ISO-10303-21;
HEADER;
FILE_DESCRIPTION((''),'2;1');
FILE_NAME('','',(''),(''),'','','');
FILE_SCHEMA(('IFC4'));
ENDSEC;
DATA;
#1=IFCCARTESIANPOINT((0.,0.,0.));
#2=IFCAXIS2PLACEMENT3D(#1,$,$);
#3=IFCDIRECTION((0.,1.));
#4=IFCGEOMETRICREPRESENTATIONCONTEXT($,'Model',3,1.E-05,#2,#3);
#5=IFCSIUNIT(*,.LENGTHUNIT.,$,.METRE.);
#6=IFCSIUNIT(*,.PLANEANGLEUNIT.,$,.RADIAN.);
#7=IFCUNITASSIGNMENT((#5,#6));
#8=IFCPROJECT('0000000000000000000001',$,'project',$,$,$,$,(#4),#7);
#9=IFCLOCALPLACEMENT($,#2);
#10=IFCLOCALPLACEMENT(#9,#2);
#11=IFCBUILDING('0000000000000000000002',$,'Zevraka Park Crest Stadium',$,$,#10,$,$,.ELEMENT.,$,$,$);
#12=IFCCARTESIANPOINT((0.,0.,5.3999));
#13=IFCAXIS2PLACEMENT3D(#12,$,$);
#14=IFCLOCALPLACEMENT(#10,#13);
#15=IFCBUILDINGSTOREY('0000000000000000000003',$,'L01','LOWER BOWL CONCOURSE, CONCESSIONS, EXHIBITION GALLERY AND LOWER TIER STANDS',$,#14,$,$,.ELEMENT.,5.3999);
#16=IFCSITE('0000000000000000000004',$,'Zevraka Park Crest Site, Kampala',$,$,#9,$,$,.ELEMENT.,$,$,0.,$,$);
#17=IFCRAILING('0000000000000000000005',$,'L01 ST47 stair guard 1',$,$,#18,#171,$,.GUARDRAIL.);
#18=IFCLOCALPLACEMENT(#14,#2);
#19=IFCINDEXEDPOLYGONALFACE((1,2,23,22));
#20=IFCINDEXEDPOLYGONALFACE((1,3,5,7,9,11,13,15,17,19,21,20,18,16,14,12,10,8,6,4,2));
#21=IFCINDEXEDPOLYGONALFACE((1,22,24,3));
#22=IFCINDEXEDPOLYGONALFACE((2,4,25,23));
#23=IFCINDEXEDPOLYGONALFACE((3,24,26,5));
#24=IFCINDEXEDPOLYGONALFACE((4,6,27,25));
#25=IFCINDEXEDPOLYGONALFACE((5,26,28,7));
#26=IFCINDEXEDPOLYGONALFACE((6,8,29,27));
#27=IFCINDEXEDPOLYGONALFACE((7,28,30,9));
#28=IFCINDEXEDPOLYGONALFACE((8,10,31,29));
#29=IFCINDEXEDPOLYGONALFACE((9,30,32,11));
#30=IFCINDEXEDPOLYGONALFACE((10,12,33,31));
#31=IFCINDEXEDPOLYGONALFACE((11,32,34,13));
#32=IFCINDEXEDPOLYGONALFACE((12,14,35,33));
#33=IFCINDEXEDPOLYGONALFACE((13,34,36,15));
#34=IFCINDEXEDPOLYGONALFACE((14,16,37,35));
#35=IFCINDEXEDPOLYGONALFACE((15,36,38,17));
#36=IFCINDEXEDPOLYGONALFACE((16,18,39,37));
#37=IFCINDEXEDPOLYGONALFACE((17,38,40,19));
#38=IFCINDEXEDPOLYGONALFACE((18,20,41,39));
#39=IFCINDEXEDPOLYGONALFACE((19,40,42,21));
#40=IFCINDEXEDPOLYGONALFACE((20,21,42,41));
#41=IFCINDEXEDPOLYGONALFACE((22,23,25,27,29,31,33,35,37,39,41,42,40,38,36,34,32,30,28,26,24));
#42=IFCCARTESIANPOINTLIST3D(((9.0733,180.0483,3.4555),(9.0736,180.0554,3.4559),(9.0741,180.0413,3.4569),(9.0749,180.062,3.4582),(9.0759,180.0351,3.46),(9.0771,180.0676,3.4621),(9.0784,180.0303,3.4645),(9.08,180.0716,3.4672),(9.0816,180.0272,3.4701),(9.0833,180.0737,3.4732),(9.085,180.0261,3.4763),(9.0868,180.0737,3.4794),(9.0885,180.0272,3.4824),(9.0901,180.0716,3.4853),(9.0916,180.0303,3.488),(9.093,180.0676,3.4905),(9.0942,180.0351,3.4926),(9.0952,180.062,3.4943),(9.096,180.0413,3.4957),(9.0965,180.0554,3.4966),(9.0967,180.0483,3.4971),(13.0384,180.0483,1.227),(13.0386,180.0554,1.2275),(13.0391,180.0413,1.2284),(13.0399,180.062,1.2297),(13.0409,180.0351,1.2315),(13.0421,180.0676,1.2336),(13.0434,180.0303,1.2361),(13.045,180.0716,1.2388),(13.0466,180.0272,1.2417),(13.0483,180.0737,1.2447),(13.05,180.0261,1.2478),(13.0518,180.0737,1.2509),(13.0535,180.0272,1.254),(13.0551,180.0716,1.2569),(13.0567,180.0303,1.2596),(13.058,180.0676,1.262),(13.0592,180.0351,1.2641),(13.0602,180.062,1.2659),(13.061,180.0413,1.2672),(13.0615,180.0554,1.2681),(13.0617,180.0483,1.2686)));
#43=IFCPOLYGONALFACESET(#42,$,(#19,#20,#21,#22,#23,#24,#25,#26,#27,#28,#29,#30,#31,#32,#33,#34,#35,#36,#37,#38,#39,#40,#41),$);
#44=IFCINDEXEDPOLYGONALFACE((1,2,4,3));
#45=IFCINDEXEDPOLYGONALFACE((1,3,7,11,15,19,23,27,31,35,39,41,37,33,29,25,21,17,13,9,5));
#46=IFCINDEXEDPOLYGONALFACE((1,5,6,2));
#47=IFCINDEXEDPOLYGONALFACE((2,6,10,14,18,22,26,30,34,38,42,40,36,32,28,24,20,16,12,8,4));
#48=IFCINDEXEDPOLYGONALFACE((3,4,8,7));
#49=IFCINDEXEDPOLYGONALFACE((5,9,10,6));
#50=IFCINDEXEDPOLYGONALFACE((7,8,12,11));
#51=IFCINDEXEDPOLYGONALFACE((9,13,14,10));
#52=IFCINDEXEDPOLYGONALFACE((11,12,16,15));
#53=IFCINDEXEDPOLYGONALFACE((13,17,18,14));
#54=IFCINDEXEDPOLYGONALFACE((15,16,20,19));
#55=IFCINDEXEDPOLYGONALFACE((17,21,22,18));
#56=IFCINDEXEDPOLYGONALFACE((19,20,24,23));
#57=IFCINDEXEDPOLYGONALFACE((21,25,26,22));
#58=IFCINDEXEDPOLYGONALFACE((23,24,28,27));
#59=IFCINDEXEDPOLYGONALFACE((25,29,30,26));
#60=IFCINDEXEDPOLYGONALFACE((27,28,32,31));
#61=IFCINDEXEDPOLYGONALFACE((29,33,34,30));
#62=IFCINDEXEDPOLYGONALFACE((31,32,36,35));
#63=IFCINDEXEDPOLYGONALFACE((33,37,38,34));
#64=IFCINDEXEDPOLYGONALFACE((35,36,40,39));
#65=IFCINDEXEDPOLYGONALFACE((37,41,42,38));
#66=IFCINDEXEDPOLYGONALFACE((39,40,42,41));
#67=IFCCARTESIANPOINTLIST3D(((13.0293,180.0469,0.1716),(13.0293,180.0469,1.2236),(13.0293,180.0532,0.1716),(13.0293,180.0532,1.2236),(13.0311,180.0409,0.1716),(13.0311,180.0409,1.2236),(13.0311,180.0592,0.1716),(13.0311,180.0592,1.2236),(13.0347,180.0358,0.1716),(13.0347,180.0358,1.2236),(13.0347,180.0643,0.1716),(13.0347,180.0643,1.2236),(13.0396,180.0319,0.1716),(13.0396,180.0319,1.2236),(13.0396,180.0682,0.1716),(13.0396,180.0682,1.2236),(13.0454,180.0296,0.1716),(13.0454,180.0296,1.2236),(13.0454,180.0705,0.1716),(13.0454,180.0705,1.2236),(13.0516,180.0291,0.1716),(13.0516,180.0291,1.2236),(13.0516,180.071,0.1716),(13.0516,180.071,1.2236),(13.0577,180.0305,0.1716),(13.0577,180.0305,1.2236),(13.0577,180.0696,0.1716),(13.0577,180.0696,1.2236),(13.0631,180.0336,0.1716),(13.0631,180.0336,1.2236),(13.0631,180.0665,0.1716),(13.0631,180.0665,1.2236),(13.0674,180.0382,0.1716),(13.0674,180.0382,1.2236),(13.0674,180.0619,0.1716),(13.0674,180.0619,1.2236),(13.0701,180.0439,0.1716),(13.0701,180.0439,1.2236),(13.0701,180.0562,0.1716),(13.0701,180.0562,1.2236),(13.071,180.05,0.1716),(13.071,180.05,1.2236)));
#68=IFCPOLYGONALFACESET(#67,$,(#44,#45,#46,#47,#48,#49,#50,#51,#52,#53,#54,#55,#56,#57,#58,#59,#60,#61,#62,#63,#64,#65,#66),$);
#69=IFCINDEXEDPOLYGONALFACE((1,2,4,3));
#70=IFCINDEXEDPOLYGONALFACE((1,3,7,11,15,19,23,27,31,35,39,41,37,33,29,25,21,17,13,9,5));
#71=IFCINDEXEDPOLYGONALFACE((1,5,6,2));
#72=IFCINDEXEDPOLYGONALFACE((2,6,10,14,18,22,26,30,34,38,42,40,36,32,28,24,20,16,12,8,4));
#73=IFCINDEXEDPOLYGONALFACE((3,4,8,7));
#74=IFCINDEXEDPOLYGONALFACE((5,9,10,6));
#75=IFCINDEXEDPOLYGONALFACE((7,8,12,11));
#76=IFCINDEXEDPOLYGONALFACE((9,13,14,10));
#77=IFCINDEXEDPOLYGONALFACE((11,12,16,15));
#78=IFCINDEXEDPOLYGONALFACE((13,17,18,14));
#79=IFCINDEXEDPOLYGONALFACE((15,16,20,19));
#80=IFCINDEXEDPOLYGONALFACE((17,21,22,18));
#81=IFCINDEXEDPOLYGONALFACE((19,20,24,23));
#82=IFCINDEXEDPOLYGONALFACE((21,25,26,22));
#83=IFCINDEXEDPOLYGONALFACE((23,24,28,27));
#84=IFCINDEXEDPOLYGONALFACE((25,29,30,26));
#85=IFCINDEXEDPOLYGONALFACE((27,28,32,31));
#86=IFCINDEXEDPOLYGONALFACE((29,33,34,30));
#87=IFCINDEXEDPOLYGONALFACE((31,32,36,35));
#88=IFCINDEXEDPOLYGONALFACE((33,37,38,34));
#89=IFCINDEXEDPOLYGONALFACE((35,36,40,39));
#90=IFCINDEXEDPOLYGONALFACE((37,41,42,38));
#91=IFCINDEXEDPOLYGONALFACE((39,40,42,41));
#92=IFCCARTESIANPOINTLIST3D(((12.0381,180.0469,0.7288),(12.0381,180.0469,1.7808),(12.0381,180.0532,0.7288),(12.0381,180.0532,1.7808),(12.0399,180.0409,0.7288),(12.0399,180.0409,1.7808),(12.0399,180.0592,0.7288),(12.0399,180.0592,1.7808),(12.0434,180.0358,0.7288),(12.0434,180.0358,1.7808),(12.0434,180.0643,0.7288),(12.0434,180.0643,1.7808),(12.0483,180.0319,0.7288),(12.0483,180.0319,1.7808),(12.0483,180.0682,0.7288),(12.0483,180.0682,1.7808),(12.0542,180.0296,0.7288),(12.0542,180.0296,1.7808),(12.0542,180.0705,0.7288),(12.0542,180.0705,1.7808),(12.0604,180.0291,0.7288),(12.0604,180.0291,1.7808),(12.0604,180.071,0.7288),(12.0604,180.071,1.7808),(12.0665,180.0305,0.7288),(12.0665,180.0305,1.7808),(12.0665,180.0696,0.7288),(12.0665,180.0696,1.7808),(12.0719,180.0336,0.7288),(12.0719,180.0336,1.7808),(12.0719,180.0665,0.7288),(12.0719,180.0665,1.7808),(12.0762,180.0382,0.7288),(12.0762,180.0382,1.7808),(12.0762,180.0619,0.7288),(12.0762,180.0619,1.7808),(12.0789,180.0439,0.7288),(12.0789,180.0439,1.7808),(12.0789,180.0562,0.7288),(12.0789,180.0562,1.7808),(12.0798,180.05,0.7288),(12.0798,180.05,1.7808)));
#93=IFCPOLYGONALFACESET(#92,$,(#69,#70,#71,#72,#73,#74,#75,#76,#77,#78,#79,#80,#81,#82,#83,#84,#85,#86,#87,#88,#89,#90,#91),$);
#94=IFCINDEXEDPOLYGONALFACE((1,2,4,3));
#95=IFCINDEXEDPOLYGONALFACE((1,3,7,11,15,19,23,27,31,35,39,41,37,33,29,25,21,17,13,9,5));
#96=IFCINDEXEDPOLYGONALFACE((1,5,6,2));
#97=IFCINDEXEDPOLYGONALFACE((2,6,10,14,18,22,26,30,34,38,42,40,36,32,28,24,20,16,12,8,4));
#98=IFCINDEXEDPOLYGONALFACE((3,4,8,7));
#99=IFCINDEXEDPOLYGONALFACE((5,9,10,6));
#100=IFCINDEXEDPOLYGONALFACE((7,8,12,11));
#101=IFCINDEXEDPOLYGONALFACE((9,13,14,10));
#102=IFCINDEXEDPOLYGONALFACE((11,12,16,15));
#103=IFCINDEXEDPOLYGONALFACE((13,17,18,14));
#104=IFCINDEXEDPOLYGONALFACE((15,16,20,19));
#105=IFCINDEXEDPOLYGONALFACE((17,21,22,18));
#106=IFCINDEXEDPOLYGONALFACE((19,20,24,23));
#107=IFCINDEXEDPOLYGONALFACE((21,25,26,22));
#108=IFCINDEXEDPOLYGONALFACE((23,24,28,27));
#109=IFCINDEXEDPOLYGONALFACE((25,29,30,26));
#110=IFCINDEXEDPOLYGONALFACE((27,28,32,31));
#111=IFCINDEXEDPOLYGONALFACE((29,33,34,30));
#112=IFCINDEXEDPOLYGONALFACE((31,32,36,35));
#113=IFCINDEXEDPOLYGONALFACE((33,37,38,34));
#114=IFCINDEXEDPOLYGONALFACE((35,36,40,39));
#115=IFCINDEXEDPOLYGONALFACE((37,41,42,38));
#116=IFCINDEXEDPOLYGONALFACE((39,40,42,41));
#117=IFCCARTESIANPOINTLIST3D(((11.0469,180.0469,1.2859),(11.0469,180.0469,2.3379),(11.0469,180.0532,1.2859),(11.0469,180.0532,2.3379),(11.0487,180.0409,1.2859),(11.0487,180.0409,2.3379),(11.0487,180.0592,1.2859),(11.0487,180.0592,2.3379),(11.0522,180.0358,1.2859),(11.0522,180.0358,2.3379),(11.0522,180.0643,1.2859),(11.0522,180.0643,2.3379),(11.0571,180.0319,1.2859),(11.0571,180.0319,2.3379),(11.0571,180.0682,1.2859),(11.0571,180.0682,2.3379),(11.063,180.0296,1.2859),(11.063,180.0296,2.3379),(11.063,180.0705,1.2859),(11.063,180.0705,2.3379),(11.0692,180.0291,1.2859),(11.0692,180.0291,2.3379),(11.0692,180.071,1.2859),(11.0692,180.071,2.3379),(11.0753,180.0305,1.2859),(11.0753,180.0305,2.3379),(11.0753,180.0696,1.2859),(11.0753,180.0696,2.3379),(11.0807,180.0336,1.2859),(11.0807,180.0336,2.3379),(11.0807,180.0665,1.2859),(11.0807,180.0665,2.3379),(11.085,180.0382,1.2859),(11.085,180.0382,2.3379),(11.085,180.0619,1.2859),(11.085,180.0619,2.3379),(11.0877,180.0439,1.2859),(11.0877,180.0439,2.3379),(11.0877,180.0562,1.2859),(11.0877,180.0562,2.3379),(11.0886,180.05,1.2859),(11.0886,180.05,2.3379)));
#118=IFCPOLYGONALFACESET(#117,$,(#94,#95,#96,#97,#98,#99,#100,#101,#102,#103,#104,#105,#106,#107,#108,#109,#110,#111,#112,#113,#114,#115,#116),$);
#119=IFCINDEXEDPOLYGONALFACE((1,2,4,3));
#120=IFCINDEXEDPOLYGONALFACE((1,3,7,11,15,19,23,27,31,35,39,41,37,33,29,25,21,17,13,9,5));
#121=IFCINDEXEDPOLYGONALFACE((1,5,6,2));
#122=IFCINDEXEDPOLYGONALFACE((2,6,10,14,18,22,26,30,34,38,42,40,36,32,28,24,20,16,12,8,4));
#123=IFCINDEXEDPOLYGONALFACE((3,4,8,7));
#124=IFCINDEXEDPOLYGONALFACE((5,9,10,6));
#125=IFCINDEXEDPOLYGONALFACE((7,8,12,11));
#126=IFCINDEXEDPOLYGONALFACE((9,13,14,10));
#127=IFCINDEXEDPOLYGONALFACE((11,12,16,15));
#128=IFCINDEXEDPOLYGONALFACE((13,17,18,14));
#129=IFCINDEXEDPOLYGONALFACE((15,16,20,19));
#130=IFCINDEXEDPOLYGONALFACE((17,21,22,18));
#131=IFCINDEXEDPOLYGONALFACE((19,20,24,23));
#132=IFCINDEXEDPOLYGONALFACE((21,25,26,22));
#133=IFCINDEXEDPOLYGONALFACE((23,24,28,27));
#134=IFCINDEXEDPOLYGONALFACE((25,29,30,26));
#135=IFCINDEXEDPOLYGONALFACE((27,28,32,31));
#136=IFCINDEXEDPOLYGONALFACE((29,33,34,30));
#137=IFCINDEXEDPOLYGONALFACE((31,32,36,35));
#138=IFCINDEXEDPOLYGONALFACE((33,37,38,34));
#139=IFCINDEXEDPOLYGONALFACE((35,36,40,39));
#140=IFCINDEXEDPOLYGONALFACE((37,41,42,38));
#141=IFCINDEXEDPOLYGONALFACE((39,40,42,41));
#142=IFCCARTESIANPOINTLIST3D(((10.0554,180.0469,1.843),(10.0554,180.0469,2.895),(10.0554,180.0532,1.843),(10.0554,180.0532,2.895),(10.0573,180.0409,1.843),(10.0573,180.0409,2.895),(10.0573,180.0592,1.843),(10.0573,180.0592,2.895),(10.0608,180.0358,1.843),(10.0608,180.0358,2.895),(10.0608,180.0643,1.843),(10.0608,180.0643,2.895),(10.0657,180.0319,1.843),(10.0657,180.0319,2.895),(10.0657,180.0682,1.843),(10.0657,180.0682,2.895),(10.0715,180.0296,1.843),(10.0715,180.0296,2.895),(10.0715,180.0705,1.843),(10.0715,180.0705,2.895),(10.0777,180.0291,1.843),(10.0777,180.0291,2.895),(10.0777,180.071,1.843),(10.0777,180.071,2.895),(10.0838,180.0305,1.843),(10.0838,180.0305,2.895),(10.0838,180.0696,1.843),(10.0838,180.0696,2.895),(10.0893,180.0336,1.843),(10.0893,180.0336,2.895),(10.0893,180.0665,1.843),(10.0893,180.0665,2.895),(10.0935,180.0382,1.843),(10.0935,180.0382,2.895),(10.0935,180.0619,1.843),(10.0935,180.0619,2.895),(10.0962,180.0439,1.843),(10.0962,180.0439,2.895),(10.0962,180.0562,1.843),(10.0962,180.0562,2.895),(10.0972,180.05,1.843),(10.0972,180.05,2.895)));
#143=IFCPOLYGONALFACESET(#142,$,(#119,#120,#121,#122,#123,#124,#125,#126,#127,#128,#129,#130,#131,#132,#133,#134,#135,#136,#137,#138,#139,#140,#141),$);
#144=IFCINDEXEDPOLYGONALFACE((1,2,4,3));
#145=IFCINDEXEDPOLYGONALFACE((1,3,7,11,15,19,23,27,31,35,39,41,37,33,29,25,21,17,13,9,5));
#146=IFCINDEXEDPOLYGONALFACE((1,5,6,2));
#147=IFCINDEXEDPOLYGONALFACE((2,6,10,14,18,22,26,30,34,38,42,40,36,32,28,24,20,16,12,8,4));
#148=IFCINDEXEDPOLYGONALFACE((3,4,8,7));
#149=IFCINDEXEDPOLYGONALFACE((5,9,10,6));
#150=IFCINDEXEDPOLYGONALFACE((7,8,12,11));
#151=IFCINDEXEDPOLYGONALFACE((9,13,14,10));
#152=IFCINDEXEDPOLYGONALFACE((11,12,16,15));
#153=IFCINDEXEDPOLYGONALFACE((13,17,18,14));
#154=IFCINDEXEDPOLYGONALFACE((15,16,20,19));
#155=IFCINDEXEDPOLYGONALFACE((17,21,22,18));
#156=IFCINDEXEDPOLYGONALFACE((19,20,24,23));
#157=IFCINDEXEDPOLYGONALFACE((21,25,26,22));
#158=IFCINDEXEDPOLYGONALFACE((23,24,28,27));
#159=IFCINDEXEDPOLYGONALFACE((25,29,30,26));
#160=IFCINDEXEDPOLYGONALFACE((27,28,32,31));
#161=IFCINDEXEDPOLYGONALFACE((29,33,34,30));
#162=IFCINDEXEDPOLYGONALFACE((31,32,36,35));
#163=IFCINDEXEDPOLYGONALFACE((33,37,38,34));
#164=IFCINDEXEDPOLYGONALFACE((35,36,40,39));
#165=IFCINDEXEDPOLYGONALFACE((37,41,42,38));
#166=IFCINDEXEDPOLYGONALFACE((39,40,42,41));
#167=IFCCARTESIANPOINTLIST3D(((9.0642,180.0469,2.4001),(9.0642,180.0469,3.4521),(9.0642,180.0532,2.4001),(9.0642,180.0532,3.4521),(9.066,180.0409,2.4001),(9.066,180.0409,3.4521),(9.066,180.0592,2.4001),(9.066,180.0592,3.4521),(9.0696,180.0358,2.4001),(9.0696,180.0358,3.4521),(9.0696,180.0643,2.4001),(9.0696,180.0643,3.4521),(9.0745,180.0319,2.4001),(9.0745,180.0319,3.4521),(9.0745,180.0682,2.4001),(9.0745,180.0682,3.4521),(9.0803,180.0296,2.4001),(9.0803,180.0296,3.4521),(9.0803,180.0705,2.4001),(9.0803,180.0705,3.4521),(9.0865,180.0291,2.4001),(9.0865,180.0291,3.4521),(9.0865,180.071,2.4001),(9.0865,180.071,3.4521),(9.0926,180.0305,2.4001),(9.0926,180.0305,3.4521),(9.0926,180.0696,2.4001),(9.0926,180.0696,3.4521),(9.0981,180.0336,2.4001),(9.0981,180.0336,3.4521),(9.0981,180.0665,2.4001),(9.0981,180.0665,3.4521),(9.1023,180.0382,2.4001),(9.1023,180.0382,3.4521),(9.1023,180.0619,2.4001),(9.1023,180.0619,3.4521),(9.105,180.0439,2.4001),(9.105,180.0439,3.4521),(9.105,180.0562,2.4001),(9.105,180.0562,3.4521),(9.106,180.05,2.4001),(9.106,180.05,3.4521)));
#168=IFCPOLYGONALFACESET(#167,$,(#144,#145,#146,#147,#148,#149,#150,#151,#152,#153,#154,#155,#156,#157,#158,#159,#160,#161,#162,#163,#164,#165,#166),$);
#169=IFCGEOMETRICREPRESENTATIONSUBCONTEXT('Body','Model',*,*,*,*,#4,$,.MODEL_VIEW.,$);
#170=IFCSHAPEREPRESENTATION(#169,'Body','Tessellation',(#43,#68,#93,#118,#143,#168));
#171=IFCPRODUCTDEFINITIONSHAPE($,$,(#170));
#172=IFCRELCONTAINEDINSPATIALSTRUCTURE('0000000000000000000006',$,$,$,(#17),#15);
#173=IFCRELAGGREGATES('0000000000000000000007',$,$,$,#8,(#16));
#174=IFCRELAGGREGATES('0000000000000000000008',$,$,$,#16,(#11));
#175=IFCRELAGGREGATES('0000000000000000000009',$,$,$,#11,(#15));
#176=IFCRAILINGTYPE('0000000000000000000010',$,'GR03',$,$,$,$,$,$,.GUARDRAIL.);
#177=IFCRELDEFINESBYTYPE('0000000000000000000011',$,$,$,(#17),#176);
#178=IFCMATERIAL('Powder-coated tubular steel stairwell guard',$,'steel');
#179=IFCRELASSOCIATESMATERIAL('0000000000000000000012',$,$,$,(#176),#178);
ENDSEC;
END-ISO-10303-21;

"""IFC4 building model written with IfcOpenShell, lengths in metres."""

from ifc_helpers import new_model, si_unit, direction, frame, origin, origin_2d, place, context, subcontext, project, spatial, circle, extrude, material, type_object, element, save


model = new_model("IFC4")

# Units and contexts
model_context = context("Model", 3, precision=1e-05, world=origin(), true_north=direction((0.0, 1.0)))
body_context = subcontext(model_context, "Body", "Model", "MODEL_VIEW")
ifc_project = project(units=[si_unit("LENGTHUNIT", "METRE"), si_unit("PLANEANGLEUNIT", "RADIAN")], contexts=[model_context])

# Site, building, storey
site_placement = place(None, origin())
site = spatial("IfcSite", under=ifc_project, at=site_placement, Name="Zevraka Park Crest Site, Kampala", CompositionType="ELEMENT", RefElevation=0.0)
building_placement = place(site_placement, origin())
building = spatial("IfcBuilding", under=site, at=building_placement, Name="Zevraka Park Crest Stadium", CompositionType="ELEMENT")
storey_placement = place(building_placement, frame((0.0, 0.0, 5.3999)))
storey = spatial("IfcBuildingStorey", under=building, at=storey_placement, Name="L01", Description="LOWER BOWL CONCOURSE, CONCESSIONS, EXHIBITION GALLERY AND LOWER TIER STANDS", CompositionType="ELEMENT", Elevation=5.3999)

# Railing
ifc_material_1 = material(Name="Powder-coated tubular steel stairwell guard", Category="steel")
railing_type_1 = type_object("IfcRailingType", Name="GR03", PredefinedType="GUARDRAIL", material=ifc_material_1)
railing_1_placement = place(storey_placement, frame((13.05, 180.05, 0.1716)))
element("IfcRailing", 1, at=railing_1_placement, inside=storey, type_object=railing_type_1, Name="L01 ST47 stair guard 1", PredefinedType="GUARDRAIL", context=body_context, shape_type="SweptSolid", body=[
    extrude(circle(Radius=0.0239, at=origin_2d()), frame((0.0, 0.0, 1.0762), z_axis=(-0.871749, 0.0, 0.489953), x_axis=(0.0, -1.0, 0.0)), (0.0, 0.0, 1.0), 4.5483),
    extrude(circle(Radius=0.021, at=origin_2d()), origin(), (0.0, 0.0, 1.0), 1.052),
    extrude(circle(Radius=0.021, at=origin_2d()), frame((-0.9912, 0.0, 0.5571)), (0.0, 0.0, 1.0), 1.052),
    extrude(circle(Radius=0.021, at=origin_2d()), frame((-1.9824, 0.0, 1.1143)), (0.0, 0.0, 1.0), 1.052),
    extrude(circle(Radius=0.021, at=origin_2d()), frame((-2.9739, 0.0, 1.6714)), (0.0, 0.0, 1.0), 1.052),
    extrude(circle(Radius=0.021, at=origin_2d()), frame((-3.9651, 0.0, 2.2285)), (0.0, 0.0, 1.0), 1.052),
])

save(model, "model.ifc")
